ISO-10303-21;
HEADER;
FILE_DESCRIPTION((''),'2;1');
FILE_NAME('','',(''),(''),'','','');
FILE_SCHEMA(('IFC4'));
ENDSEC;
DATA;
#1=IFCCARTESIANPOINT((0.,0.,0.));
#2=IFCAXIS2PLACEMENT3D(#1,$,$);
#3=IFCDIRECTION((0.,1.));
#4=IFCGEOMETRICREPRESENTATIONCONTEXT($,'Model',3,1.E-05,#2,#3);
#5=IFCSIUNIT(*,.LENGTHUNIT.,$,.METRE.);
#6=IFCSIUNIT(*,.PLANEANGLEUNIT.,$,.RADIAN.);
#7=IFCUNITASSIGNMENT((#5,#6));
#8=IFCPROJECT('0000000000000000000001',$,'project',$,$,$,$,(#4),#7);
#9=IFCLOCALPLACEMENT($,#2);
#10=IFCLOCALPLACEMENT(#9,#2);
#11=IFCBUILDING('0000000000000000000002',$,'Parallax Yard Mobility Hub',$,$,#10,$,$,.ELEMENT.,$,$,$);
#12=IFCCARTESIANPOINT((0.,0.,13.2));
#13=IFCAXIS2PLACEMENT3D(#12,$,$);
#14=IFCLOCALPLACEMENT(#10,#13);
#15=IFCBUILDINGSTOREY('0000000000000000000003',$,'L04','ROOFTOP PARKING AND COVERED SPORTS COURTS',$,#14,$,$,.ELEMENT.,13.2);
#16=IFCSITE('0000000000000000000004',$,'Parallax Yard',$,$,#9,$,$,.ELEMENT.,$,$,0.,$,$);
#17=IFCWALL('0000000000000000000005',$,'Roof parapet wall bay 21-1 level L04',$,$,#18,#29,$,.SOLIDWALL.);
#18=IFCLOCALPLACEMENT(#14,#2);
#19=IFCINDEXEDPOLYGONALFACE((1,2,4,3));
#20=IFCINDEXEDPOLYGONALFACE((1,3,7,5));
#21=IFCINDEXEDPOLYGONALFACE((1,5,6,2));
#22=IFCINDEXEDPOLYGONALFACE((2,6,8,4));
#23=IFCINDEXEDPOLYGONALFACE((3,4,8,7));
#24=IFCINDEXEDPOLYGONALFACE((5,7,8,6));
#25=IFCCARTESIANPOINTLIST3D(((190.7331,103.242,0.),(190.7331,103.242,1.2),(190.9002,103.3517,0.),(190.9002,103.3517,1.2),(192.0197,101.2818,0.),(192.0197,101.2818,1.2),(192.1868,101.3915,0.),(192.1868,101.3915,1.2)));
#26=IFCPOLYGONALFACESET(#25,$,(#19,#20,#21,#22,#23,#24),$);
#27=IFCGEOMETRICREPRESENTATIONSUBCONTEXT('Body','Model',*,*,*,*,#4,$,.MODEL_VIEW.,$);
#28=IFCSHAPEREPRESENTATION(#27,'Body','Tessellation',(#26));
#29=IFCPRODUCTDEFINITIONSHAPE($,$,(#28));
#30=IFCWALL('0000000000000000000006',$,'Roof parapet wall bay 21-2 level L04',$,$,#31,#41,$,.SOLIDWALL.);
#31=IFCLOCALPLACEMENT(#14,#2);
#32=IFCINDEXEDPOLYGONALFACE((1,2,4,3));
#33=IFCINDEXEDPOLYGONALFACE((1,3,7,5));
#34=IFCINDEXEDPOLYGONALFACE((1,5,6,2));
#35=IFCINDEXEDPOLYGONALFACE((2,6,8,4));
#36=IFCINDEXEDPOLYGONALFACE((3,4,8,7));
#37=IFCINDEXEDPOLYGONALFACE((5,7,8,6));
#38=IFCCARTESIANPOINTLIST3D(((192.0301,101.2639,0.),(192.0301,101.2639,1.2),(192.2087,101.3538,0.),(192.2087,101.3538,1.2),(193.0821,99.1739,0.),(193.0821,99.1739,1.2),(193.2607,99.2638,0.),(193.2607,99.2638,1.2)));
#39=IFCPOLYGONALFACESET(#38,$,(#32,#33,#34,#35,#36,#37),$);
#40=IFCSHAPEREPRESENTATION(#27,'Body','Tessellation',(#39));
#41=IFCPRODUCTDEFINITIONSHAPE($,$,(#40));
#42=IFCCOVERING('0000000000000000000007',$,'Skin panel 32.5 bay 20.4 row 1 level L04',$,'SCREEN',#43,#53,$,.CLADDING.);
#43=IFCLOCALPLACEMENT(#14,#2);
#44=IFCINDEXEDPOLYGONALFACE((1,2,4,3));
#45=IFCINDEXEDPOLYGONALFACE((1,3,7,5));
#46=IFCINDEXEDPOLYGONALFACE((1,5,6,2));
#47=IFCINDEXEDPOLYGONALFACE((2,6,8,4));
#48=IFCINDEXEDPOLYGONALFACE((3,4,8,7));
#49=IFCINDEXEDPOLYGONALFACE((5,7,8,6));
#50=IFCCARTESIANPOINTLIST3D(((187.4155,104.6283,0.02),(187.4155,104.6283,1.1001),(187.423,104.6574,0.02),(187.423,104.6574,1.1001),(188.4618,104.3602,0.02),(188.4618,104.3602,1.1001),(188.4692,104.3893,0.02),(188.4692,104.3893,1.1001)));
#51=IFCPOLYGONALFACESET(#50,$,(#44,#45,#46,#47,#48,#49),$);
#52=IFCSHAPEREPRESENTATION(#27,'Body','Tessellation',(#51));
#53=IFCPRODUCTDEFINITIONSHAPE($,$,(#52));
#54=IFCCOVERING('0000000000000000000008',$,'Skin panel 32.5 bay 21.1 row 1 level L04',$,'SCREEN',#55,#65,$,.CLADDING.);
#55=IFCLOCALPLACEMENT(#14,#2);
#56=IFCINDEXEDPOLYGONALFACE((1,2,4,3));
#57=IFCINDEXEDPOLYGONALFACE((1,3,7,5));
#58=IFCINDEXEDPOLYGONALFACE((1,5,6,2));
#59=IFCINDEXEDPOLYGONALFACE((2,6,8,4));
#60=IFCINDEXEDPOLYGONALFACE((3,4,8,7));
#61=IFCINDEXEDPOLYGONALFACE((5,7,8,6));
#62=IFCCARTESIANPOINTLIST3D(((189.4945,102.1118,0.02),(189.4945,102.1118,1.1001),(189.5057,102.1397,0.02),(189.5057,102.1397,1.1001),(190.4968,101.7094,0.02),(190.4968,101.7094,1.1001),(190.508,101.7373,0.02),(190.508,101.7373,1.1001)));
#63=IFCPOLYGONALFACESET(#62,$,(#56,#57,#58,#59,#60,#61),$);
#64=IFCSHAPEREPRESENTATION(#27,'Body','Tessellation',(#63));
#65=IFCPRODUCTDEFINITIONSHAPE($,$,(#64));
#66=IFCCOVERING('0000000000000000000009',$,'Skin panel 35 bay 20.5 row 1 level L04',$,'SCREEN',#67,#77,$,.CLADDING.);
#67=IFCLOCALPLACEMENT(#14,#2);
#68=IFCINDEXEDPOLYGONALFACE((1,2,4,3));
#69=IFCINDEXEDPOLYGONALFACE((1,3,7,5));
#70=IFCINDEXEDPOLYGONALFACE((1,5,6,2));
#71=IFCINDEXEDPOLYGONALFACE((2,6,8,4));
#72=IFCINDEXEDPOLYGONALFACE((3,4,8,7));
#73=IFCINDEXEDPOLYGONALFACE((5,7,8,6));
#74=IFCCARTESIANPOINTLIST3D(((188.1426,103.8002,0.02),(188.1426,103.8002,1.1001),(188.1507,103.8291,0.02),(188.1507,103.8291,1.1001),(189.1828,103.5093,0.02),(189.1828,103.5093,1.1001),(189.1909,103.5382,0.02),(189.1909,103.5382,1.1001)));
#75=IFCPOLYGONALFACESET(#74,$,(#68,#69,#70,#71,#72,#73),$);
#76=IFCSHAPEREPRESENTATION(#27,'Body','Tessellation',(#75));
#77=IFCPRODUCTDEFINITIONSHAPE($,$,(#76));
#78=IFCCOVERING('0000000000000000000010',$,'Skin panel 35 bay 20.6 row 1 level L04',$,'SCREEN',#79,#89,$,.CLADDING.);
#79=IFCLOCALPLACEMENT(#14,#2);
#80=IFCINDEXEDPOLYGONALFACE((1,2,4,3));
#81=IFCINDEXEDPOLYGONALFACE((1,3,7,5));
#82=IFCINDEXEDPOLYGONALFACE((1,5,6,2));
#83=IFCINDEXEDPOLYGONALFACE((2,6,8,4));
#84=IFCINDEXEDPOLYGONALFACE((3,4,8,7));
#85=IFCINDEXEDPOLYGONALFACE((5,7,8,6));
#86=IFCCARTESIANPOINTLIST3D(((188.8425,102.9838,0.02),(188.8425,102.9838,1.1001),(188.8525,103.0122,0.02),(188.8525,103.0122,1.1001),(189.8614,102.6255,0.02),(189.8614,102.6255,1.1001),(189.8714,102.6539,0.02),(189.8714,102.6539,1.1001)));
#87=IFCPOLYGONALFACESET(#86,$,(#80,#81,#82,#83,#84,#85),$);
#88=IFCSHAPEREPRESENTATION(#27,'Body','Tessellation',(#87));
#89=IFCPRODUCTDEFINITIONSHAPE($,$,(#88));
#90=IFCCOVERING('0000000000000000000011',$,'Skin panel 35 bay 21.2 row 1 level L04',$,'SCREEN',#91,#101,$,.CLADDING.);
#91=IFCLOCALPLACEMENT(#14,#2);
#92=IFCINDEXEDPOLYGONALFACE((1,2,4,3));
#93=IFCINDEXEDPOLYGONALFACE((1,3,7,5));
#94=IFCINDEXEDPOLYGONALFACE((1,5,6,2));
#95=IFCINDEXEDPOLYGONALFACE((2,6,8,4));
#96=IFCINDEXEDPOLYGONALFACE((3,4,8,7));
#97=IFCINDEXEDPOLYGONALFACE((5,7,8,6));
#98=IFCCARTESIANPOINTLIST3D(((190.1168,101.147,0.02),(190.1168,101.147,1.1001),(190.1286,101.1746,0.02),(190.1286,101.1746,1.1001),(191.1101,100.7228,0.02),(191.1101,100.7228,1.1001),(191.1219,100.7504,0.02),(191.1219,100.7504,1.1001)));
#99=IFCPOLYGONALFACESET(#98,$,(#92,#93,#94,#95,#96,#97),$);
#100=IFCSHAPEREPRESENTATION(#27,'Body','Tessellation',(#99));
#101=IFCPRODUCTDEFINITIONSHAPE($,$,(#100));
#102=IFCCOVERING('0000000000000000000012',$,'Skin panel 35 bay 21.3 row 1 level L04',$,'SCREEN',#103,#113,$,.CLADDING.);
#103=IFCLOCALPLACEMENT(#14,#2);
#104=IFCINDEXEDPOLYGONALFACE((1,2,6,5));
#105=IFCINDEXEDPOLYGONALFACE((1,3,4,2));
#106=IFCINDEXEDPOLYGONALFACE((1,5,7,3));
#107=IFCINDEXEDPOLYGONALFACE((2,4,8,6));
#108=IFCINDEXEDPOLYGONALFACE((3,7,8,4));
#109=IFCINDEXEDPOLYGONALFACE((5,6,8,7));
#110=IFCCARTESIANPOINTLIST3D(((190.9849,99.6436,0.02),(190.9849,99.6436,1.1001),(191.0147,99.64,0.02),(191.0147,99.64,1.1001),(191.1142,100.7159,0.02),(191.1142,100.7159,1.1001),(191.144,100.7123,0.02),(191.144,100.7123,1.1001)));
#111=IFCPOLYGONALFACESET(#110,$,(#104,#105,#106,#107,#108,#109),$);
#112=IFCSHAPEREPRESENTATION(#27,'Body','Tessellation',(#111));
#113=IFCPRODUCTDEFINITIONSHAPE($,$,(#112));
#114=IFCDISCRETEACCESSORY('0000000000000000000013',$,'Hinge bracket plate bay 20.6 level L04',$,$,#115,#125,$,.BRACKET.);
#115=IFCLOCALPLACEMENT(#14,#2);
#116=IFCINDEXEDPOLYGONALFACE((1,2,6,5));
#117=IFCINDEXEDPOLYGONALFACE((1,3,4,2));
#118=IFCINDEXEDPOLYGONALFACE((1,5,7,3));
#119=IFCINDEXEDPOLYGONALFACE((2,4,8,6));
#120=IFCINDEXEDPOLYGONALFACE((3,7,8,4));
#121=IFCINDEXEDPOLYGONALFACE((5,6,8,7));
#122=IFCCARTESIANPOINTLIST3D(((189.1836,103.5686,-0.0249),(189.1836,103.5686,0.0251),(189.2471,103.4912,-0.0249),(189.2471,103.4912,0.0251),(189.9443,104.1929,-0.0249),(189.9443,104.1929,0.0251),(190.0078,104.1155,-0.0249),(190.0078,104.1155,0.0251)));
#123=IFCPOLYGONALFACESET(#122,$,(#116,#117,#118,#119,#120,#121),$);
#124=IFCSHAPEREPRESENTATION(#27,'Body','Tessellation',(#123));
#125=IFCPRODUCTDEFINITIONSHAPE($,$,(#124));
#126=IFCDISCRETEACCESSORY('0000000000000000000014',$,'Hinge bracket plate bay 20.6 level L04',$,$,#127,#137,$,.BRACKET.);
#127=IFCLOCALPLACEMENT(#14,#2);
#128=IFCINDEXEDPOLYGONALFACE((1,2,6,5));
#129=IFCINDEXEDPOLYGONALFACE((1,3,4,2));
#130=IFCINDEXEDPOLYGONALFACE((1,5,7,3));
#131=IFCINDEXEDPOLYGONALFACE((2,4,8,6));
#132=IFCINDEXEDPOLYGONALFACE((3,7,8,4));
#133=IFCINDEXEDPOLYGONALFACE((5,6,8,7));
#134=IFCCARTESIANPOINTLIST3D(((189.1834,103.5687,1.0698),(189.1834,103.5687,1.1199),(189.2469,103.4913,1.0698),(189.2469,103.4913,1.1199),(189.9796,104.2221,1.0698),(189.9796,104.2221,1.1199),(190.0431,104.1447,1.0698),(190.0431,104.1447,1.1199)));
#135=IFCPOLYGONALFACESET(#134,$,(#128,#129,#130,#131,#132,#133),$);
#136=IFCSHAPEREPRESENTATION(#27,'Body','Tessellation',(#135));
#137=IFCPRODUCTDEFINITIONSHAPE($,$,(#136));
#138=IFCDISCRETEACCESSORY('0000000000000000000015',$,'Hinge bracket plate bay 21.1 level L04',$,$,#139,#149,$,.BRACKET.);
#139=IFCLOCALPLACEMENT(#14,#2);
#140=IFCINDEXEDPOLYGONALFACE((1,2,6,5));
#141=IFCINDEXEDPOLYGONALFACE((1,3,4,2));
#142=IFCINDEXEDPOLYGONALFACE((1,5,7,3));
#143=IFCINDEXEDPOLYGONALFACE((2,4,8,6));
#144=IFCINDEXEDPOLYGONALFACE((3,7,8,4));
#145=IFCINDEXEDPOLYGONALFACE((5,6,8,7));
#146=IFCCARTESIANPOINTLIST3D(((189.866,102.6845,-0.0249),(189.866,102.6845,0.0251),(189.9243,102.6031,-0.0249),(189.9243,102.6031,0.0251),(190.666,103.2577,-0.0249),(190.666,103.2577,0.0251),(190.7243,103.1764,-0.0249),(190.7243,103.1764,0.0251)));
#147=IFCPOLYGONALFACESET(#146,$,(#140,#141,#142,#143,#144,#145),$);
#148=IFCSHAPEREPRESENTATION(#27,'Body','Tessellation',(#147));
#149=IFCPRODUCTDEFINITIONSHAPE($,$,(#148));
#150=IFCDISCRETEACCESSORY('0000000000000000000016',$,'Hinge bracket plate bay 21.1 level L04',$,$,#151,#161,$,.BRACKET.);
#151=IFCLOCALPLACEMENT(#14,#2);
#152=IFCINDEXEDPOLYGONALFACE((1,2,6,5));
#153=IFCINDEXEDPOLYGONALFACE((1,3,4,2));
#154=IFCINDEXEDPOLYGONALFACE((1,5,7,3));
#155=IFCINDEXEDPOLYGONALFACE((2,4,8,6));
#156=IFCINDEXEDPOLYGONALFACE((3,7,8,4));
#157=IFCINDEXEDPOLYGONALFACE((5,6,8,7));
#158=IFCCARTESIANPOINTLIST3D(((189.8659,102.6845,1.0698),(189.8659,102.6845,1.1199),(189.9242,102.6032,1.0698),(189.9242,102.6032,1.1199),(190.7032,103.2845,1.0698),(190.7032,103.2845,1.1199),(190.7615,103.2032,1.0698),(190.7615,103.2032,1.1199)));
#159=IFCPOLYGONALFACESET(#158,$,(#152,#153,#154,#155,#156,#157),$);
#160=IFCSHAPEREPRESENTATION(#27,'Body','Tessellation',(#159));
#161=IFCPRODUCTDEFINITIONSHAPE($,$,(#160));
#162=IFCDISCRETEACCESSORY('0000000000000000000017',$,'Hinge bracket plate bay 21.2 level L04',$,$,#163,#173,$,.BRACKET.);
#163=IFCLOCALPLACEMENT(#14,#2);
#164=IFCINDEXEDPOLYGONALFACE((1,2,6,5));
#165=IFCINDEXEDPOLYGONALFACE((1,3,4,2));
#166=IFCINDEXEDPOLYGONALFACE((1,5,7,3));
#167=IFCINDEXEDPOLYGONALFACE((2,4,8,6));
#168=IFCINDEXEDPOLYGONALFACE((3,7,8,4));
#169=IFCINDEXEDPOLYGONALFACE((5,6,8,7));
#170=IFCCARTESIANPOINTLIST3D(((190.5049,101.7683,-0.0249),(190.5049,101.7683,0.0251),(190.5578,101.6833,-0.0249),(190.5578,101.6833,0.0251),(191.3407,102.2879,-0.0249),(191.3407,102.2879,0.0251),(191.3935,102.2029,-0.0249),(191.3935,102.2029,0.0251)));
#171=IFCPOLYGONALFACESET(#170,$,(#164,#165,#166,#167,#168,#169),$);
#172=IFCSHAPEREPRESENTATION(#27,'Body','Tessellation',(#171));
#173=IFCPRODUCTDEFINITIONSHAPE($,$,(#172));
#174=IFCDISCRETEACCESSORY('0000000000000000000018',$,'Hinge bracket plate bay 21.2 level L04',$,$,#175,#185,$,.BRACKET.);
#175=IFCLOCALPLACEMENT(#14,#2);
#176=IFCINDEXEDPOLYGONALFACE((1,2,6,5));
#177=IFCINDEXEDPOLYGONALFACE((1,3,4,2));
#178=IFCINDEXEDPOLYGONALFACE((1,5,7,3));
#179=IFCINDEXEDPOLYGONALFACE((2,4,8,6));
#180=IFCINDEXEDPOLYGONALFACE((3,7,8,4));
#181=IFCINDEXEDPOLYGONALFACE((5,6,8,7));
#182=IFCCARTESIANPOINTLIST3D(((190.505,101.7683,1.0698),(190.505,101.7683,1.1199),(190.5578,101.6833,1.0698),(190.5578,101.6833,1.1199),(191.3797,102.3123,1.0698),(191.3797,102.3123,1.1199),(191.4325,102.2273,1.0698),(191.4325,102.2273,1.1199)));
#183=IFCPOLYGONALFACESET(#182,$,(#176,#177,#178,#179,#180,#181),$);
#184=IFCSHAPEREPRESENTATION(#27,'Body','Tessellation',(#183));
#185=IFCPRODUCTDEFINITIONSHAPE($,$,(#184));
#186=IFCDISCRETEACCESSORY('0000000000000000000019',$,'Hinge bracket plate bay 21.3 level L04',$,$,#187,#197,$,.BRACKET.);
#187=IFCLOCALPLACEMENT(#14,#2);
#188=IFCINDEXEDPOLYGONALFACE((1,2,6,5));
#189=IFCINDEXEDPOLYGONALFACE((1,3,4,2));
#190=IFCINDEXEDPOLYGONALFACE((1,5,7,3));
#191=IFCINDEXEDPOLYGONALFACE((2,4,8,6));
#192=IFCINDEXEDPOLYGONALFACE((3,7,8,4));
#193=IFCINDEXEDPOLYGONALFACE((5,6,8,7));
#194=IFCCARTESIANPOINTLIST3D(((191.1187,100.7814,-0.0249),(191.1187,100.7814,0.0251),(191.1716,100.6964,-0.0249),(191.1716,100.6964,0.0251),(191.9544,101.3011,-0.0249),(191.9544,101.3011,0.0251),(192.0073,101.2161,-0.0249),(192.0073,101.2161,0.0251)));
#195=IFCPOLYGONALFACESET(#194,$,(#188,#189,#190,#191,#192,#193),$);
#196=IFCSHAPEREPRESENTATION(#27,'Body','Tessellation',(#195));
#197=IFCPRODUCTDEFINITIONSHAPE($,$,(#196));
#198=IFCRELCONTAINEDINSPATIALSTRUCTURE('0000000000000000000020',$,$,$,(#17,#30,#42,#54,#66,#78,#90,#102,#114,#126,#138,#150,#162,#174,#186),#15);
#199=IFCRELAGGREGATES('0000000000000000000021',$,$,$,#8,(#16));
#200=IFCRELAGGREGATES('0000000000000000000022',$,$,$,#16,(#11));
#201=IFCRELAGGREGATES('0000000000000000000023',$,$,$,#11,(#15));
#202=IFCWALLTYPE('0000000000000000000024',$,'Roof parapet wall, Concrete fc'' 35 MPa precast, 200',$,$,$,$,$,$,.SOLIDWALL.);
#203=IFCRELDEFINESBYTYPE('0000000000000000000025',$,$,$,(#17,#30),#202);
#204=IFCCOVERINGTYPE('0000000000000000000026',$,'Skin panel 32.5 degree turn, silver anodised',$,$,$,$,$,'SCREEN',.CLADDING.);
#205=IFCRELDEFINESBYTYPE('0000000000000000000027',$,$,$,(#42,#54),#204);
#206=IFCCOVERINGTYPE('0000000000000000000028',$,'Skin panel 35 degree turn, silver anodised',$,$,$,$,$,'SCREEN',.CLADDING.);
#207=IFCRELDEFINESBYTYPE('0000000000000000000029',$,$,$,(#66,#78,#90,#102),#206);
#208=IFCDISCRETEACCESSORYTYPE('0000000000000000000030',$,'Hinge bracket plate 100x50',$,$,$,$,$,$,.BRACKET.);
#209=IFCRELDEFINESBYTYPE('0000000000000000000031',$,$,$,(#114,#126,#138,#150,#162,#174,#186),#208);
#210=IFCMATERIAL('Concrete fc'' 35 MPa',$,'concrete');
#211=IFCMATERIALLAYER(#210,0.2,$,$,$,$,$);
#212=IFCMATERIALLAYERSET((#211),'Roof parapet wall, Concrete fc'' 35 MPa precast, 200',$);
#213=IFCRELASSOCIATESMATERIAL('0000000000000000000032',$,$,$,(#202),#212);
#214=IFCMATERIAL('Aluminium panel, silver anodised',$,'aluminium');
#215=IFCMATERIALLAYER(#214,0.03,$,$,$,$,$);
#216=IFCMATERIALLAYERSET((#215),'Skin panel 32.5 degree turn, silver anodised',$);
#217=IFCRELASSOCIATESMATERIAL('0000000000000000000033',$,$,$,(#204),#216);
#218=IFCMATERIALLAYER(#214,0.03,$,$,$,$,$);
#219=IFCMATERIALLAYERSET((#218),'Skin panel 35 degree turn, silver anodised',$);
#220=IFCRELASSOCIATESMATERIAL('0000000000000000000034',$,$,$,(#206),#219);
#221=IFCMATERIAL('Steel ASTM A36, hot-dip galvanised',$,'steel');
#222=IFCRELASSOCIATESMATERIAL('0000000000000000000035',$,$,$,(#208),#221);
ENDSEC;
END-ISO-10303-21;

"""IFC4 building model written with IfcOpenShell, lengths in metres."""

from ifc_helpers import new_model, si_unit, direction, frame, frame_2d, origin, origin_2d, place, context, subcontext, project, spatial, rectangle, extrude, material, layer, layer_set, type_object, element, save


model = new_model("IFC4")

# Units and contexts
model_context = context("Model", 3, precision=1e-05, world=origin(), true_north=direction((0.0, 1.0)))
body_context = subcontext(model_context, "Body", "Model", "MODEL_VIEW")
ifc_project = project(units=[si_unit("LENGTHUNIT", "METRE"), si_unit("PLANEANGLEUNIT", "RADIAN")], contexts=[model_context])

# Site, building, storey
site_placement = place(None, origin())
site = spatial("IfcSite", under=ifc_project, at=site_placement, Name="Parallax Yard", CompositionType="ELEMENT", RefElevation=0.0)
building_placement = place(site_placement, origin())
building = spatial("IfcBuilding", under=site, at=building_placement, Name="Parallax Yard Mobility Hub", CompositionType="ELEMENT")
storey_placement = place(building_placement, frame((0.0, 0.0, 13.2)))
storey = spatial("IfcBuildingStorey", under=building, at=storey_placement, Name="L04", Description="ROOFTOP PARKING AND COVERED SPORTS COURTS", CompositionType="ELEMENT", Elevation=13.2)

# Walls
ifc_material_1 = material(Name="Concrete fc' 35 MPa", Category="concrete")
ifc_layer_1 = layer(ifc_material_1, 0.2)
ifc_layer_set_1 = layer_set([ifc_layer_1], Name="Roof parapet wall, Concrete fc' 35 MPa precast, 200")
wall_type = type_object("IfcWallType", Name="Roof parapet wall, Concrete fc' 35 MPa precast, 200", PredefinedType="SOLIDWALL", material=ifc_layer_set_1)
wall_1_placement = place(storey_placement, frame((190.8167, 103.2969, 0.0), z_axis=(0.0, 0.0, 1.0), x_axis=(0.548727, -0.836002, 0.0)))
element("IfcWall", 1, at=wall_1_placement, inside=storey, type_object=wall_type, Name="Roof parapet wall bay 21-1 level L04", PredefinedType="SOLIDWALL", context=body_context, shape_type="SweptSolid", body=[
    extrude(rectangle(XDim=2.3447, YDim=0.2, at=frame_2d((1.1724, 0.0))), origin(), (0.0, 0.0, 1.0), 1.2),
])
wall_2_placement = place(storey_placement, frame((192.1194, 101.3088, 0.0), z_axis=(0.0, 0.0, 1.0), x_axis=(0.449591, -0.893235, 0.0)))
element("IfcWall", 2, at=wall_2_placement, inside=storey, type_object=wall_type, Name="Roof parapet wall bay 21-2 level L04", PredefinedType="SOLIDWALL", context=body_context, shape_type="SweptSolid", body=[
    extrude(rectangle(XDim=2.3398, YDim=0.2, at=frame_2d((1.1699, 0.0))), origin(), (0.0, 0.0, 1.0), 1.2),
])

# Coverings
ifc_material_2 = material(Name="Aluminium panel, silver anodised", Category="aluminium")
ifc_layer_2 = layer(ifc_material_2, 0.03)
ifc_layer_set_2 = layer_set([ifc_layer_2], Name="Skin panel 32.5 degree turn, silver anodised")
covering_type_1 = type_object("IfcCoveringType", Name="Skin panel 32.5 degree turn, silver anodised", ElementType="SCREEN", PredefinedType="CLADDING", material=ifc_layer_set_2)
for number, where, z_axis, x_axis, name in (
    (3, (187.9424, 104.5088, 0.02), (0.0, 0.0, 1.0), (-0.968692, 0.248267, 0.0), "Skin panel 32.5 bay 20.4 row 1 level L04"),
    (4, (190.0012, 101.9246, 0.02), (0.0, 0.0, 1.0), (-0.927999, 0.372583, 0.0), "Skin panel 32.5 bay 21.1 row 1 level L04"),
):
    element("IfcCovering", number, at=place(storey_placement, frame(where, z_axis=z_axis, x_axis=x_axis)), inside=storey, type_object=covering_type_1, Name=name, ObjectType="SCREEN", PredefinedType="CLADDING", context=body_context, shape_type="SweptSolid", body=[
        extrude(rectangle(XDim=1.0801, YDim=0.03, at=origin_2d()), origin(), (0.0, 0.0, 1.0), 1.0801),
    ])
ifc_layer_3 = layer(ifc_material_2, 0.03)
ifc_layer_set_3 = layer_set([ifc_layer_3], Name="Skin panel 35 degree turn, silver anodised")
covering_type_2 = type_object("IfcCoveringType", Name="Skin panel 35 degree turn, silver anodised", ElementType="SCREEN", PredefinedType="CLADDING", material=ifc_layer_set_3)
for number, where, z_axis, x_axis, name in (
    (5, (188.6667, 103.6692, 0.02), (0.0, 0.0, 1.0), (-0.963045, 0.26934, 0.0), "Skin panel 35 bay 20.5 row 1 level L04"),
    (6, (189.3569, 102.8188, 0.02), (0.0, 0.0, 1.0), (-0.943368, 0.33175, 0.0), "Skin panel 35 bay 20.6 row 1 level L04"),
    (7, (190.6194, 100.9487, 0.02), (0.0, 0.0, 1.0), (-0.91965, 0.392738, 0.0), "Skin panel 35 bay 21.2 row 1 level L04"),
    (8, (191.0645, 100.178, 0.02), (0.0, 0.0, 1.0), (-0.119704, -0.99281, 0.0), "Skin panel 35 bay 21.3 row 1 level L04"),
):
    element("IfcCovering", number, at=place(storey_placement, frame(where, z_axis=z_axis, x_axis=x_axis)), inside=storey, type_object=covering_type_2, Name=name, ObjectType="SCREEN", PredefinedType="CLADDING", context=body_context, shape_type="SweptSolid", body=[
        extrude(rectangle(XDim=1.0801, YDim=0.03, at=origin_2d()), origin(), (0.0, 0.0, 1.0), 1.0801),
    ])

# Discrete accessories
ifc_material_3 = material(Name="Steel ASTM A36, hot-dip galvanised", Category="steel")
discrete_accessory_type_1 = type_object("IfcDiscreteAccessoryType", Name="Hinge bracket plate 100x50", PredefinedType="BRACKET", material=ifc_material_3)
discrete_accessory_1_placement = place(storey_placement, frame((189.5957, 103.842, -0.0249), z_axis=(0.0, 0.0, 1.0), x_axis=(-0.77301, -0.634393, 0.0)))
element("IfcDiscreteAccessory", 9, at=discrete_accessory_1_placement, inside=storey, type_object=discrete_accessory_type_1, Name="Hinge bracket plate bay 20.6 level L04", PredefinedType="BRACKET", context=body_context, shape_type="SweptSolid", body=[
    extrude(rectangle(XDim=0.9841, YDim=0.1001, at=origin_2d()), origin(), (0.0, 0.0, 1.0), 0.05),
])
discrete_accessory_2_placement = place(storey_placement, frame((189.6133, 103.8567, 1.0698), z_axis=(0.0, 0.0, 1.0), x_axis=(-0.77301, -0.634393, 0.0)))
element("IfcDiscreteAccessory", 10, at=discrete_accessory_2_placement, inside=storey, type_object=discrete_accessory_type_1, Name="Hinge bracket plate bay 20.6 level L04", PredefinedType="BRACKET", context=body_context, shape_type="SweptSolid", body=[
    extrude(rectangle(XDim=1.03, YDim=0.1001, at=origin_2d()), origin(), (0.0, 0.0, 1.0), 0.05),
])
discrete_accessory_3_placement = place(storey_placement, frame((190.2952, 102.9304, -0.0249), z_axis=(0.0, 0.0, 1.0), x_axis=(-0.812847, -0.582478, 0.0)))
element("IfcDiscreteAccessory", 11, at=discrete_accessory_3_placement, inside=storey, type_object=discrete_accessory_type_1, Name="Hinge bracket plate bay 21.1 level L04", PredefinedType="BRACKET", context=body_context, shape_type="SweptSolid", body=[
    extrude(rectangle(XDim=0.9841, YDim=0.1001, at=origin_2d()), origin(), (0.0, 0.0, 1.0), 0.05),
])
discrete_accessory_4_placement = place(storey_placement, frame((190.3137, 102.9438, 1.0698), z_axis=(0.0, 0.0, 1.0), x_axis=(-0.812847, -0.582478, 0.0)))
element("IfcDiscreteAccessory", 12, at=discrete_accessory_4_placement, inside=storey, type_object=discrete_accessory_type_1, Name="Hinge bracket plate bay 21.1 level L04", PredefinedType="BRACKET", context=body_context, shape_type="SweptSolid", body=[
    extrude(rectangle(XDim=1.03, YDim=0.1001, at=origin_2d()), origin(), (0.0, 0.0, 1.0), 0.05),
])
discrete_accessory_5_placement = place(storey_placement, frame((190.9492, 101.9856, -0.0249), z_axis=(0.0, 0.0, 1.0), x_axis=(-0.849202, -0.528068, 0.0)))
element("IfcDiscreteAccessory", 13, at=discrete_accessory_5_placement, inside=storey, type_object=discrete_accessory_type_1, Name="Hinge bracket plate bay 21.2 level L04", PredefinedType="BRACKET", context=body_context, shape_type="SweptSolid", body=[
    extrude(rectangle(XDim=0.9841, YDim=0.1001, at=origin_2d()), origin(), (0.0, 0.0, 1.0), 0.05),
])
discrete_accessory_6_placement = place(storey_placement, frame((190.9688, 101.9978, 1.0698), z_axis=(0.0, 0.0, 1.0), x_axis=(-0.849202, -0.528068, 0.0)))
element("IfcDiscreteAccessory", 14, at=discrete_accessory_6_placement, inside=storey, type_object=discrete_accessory_type_1, Name="Hinge bracket plate bay 21.2 level L04", PredefinedType="BRACKET", context=body_context, shape_type="SweptSolid", body=[
    extrude(rectangle(XDim=1.03, YDim=0.1001, at=origin_2d()), origin(), (0.0, 0.0, 1.0), 0.05),
])
discrete_accessory_7_placement = place(storey_placement, frame((191.563, 100.9988, -0.0249), z_axis=(0.0, 0.0, 1.0), x_axis=(-0.849202, -0.528068, 0.0)))
element("IfcDiscreteAccessory", 15, at=discrete_accessory_7_placement, inside=storey, type_object=discrete_accessory_type_1, Name="Hinge bracket plate bay 21.3 level L04", PredefinedType="BRACKET", context=body_context, shape_type="SweptSolid", body=[
    extrude(rectangle(XDim=0.9841, YDim=0.1001, at=origin_2d()), origin(), (0.0, 0.0, 1.0), 0.05),
])

save(model, "model.ifc")
